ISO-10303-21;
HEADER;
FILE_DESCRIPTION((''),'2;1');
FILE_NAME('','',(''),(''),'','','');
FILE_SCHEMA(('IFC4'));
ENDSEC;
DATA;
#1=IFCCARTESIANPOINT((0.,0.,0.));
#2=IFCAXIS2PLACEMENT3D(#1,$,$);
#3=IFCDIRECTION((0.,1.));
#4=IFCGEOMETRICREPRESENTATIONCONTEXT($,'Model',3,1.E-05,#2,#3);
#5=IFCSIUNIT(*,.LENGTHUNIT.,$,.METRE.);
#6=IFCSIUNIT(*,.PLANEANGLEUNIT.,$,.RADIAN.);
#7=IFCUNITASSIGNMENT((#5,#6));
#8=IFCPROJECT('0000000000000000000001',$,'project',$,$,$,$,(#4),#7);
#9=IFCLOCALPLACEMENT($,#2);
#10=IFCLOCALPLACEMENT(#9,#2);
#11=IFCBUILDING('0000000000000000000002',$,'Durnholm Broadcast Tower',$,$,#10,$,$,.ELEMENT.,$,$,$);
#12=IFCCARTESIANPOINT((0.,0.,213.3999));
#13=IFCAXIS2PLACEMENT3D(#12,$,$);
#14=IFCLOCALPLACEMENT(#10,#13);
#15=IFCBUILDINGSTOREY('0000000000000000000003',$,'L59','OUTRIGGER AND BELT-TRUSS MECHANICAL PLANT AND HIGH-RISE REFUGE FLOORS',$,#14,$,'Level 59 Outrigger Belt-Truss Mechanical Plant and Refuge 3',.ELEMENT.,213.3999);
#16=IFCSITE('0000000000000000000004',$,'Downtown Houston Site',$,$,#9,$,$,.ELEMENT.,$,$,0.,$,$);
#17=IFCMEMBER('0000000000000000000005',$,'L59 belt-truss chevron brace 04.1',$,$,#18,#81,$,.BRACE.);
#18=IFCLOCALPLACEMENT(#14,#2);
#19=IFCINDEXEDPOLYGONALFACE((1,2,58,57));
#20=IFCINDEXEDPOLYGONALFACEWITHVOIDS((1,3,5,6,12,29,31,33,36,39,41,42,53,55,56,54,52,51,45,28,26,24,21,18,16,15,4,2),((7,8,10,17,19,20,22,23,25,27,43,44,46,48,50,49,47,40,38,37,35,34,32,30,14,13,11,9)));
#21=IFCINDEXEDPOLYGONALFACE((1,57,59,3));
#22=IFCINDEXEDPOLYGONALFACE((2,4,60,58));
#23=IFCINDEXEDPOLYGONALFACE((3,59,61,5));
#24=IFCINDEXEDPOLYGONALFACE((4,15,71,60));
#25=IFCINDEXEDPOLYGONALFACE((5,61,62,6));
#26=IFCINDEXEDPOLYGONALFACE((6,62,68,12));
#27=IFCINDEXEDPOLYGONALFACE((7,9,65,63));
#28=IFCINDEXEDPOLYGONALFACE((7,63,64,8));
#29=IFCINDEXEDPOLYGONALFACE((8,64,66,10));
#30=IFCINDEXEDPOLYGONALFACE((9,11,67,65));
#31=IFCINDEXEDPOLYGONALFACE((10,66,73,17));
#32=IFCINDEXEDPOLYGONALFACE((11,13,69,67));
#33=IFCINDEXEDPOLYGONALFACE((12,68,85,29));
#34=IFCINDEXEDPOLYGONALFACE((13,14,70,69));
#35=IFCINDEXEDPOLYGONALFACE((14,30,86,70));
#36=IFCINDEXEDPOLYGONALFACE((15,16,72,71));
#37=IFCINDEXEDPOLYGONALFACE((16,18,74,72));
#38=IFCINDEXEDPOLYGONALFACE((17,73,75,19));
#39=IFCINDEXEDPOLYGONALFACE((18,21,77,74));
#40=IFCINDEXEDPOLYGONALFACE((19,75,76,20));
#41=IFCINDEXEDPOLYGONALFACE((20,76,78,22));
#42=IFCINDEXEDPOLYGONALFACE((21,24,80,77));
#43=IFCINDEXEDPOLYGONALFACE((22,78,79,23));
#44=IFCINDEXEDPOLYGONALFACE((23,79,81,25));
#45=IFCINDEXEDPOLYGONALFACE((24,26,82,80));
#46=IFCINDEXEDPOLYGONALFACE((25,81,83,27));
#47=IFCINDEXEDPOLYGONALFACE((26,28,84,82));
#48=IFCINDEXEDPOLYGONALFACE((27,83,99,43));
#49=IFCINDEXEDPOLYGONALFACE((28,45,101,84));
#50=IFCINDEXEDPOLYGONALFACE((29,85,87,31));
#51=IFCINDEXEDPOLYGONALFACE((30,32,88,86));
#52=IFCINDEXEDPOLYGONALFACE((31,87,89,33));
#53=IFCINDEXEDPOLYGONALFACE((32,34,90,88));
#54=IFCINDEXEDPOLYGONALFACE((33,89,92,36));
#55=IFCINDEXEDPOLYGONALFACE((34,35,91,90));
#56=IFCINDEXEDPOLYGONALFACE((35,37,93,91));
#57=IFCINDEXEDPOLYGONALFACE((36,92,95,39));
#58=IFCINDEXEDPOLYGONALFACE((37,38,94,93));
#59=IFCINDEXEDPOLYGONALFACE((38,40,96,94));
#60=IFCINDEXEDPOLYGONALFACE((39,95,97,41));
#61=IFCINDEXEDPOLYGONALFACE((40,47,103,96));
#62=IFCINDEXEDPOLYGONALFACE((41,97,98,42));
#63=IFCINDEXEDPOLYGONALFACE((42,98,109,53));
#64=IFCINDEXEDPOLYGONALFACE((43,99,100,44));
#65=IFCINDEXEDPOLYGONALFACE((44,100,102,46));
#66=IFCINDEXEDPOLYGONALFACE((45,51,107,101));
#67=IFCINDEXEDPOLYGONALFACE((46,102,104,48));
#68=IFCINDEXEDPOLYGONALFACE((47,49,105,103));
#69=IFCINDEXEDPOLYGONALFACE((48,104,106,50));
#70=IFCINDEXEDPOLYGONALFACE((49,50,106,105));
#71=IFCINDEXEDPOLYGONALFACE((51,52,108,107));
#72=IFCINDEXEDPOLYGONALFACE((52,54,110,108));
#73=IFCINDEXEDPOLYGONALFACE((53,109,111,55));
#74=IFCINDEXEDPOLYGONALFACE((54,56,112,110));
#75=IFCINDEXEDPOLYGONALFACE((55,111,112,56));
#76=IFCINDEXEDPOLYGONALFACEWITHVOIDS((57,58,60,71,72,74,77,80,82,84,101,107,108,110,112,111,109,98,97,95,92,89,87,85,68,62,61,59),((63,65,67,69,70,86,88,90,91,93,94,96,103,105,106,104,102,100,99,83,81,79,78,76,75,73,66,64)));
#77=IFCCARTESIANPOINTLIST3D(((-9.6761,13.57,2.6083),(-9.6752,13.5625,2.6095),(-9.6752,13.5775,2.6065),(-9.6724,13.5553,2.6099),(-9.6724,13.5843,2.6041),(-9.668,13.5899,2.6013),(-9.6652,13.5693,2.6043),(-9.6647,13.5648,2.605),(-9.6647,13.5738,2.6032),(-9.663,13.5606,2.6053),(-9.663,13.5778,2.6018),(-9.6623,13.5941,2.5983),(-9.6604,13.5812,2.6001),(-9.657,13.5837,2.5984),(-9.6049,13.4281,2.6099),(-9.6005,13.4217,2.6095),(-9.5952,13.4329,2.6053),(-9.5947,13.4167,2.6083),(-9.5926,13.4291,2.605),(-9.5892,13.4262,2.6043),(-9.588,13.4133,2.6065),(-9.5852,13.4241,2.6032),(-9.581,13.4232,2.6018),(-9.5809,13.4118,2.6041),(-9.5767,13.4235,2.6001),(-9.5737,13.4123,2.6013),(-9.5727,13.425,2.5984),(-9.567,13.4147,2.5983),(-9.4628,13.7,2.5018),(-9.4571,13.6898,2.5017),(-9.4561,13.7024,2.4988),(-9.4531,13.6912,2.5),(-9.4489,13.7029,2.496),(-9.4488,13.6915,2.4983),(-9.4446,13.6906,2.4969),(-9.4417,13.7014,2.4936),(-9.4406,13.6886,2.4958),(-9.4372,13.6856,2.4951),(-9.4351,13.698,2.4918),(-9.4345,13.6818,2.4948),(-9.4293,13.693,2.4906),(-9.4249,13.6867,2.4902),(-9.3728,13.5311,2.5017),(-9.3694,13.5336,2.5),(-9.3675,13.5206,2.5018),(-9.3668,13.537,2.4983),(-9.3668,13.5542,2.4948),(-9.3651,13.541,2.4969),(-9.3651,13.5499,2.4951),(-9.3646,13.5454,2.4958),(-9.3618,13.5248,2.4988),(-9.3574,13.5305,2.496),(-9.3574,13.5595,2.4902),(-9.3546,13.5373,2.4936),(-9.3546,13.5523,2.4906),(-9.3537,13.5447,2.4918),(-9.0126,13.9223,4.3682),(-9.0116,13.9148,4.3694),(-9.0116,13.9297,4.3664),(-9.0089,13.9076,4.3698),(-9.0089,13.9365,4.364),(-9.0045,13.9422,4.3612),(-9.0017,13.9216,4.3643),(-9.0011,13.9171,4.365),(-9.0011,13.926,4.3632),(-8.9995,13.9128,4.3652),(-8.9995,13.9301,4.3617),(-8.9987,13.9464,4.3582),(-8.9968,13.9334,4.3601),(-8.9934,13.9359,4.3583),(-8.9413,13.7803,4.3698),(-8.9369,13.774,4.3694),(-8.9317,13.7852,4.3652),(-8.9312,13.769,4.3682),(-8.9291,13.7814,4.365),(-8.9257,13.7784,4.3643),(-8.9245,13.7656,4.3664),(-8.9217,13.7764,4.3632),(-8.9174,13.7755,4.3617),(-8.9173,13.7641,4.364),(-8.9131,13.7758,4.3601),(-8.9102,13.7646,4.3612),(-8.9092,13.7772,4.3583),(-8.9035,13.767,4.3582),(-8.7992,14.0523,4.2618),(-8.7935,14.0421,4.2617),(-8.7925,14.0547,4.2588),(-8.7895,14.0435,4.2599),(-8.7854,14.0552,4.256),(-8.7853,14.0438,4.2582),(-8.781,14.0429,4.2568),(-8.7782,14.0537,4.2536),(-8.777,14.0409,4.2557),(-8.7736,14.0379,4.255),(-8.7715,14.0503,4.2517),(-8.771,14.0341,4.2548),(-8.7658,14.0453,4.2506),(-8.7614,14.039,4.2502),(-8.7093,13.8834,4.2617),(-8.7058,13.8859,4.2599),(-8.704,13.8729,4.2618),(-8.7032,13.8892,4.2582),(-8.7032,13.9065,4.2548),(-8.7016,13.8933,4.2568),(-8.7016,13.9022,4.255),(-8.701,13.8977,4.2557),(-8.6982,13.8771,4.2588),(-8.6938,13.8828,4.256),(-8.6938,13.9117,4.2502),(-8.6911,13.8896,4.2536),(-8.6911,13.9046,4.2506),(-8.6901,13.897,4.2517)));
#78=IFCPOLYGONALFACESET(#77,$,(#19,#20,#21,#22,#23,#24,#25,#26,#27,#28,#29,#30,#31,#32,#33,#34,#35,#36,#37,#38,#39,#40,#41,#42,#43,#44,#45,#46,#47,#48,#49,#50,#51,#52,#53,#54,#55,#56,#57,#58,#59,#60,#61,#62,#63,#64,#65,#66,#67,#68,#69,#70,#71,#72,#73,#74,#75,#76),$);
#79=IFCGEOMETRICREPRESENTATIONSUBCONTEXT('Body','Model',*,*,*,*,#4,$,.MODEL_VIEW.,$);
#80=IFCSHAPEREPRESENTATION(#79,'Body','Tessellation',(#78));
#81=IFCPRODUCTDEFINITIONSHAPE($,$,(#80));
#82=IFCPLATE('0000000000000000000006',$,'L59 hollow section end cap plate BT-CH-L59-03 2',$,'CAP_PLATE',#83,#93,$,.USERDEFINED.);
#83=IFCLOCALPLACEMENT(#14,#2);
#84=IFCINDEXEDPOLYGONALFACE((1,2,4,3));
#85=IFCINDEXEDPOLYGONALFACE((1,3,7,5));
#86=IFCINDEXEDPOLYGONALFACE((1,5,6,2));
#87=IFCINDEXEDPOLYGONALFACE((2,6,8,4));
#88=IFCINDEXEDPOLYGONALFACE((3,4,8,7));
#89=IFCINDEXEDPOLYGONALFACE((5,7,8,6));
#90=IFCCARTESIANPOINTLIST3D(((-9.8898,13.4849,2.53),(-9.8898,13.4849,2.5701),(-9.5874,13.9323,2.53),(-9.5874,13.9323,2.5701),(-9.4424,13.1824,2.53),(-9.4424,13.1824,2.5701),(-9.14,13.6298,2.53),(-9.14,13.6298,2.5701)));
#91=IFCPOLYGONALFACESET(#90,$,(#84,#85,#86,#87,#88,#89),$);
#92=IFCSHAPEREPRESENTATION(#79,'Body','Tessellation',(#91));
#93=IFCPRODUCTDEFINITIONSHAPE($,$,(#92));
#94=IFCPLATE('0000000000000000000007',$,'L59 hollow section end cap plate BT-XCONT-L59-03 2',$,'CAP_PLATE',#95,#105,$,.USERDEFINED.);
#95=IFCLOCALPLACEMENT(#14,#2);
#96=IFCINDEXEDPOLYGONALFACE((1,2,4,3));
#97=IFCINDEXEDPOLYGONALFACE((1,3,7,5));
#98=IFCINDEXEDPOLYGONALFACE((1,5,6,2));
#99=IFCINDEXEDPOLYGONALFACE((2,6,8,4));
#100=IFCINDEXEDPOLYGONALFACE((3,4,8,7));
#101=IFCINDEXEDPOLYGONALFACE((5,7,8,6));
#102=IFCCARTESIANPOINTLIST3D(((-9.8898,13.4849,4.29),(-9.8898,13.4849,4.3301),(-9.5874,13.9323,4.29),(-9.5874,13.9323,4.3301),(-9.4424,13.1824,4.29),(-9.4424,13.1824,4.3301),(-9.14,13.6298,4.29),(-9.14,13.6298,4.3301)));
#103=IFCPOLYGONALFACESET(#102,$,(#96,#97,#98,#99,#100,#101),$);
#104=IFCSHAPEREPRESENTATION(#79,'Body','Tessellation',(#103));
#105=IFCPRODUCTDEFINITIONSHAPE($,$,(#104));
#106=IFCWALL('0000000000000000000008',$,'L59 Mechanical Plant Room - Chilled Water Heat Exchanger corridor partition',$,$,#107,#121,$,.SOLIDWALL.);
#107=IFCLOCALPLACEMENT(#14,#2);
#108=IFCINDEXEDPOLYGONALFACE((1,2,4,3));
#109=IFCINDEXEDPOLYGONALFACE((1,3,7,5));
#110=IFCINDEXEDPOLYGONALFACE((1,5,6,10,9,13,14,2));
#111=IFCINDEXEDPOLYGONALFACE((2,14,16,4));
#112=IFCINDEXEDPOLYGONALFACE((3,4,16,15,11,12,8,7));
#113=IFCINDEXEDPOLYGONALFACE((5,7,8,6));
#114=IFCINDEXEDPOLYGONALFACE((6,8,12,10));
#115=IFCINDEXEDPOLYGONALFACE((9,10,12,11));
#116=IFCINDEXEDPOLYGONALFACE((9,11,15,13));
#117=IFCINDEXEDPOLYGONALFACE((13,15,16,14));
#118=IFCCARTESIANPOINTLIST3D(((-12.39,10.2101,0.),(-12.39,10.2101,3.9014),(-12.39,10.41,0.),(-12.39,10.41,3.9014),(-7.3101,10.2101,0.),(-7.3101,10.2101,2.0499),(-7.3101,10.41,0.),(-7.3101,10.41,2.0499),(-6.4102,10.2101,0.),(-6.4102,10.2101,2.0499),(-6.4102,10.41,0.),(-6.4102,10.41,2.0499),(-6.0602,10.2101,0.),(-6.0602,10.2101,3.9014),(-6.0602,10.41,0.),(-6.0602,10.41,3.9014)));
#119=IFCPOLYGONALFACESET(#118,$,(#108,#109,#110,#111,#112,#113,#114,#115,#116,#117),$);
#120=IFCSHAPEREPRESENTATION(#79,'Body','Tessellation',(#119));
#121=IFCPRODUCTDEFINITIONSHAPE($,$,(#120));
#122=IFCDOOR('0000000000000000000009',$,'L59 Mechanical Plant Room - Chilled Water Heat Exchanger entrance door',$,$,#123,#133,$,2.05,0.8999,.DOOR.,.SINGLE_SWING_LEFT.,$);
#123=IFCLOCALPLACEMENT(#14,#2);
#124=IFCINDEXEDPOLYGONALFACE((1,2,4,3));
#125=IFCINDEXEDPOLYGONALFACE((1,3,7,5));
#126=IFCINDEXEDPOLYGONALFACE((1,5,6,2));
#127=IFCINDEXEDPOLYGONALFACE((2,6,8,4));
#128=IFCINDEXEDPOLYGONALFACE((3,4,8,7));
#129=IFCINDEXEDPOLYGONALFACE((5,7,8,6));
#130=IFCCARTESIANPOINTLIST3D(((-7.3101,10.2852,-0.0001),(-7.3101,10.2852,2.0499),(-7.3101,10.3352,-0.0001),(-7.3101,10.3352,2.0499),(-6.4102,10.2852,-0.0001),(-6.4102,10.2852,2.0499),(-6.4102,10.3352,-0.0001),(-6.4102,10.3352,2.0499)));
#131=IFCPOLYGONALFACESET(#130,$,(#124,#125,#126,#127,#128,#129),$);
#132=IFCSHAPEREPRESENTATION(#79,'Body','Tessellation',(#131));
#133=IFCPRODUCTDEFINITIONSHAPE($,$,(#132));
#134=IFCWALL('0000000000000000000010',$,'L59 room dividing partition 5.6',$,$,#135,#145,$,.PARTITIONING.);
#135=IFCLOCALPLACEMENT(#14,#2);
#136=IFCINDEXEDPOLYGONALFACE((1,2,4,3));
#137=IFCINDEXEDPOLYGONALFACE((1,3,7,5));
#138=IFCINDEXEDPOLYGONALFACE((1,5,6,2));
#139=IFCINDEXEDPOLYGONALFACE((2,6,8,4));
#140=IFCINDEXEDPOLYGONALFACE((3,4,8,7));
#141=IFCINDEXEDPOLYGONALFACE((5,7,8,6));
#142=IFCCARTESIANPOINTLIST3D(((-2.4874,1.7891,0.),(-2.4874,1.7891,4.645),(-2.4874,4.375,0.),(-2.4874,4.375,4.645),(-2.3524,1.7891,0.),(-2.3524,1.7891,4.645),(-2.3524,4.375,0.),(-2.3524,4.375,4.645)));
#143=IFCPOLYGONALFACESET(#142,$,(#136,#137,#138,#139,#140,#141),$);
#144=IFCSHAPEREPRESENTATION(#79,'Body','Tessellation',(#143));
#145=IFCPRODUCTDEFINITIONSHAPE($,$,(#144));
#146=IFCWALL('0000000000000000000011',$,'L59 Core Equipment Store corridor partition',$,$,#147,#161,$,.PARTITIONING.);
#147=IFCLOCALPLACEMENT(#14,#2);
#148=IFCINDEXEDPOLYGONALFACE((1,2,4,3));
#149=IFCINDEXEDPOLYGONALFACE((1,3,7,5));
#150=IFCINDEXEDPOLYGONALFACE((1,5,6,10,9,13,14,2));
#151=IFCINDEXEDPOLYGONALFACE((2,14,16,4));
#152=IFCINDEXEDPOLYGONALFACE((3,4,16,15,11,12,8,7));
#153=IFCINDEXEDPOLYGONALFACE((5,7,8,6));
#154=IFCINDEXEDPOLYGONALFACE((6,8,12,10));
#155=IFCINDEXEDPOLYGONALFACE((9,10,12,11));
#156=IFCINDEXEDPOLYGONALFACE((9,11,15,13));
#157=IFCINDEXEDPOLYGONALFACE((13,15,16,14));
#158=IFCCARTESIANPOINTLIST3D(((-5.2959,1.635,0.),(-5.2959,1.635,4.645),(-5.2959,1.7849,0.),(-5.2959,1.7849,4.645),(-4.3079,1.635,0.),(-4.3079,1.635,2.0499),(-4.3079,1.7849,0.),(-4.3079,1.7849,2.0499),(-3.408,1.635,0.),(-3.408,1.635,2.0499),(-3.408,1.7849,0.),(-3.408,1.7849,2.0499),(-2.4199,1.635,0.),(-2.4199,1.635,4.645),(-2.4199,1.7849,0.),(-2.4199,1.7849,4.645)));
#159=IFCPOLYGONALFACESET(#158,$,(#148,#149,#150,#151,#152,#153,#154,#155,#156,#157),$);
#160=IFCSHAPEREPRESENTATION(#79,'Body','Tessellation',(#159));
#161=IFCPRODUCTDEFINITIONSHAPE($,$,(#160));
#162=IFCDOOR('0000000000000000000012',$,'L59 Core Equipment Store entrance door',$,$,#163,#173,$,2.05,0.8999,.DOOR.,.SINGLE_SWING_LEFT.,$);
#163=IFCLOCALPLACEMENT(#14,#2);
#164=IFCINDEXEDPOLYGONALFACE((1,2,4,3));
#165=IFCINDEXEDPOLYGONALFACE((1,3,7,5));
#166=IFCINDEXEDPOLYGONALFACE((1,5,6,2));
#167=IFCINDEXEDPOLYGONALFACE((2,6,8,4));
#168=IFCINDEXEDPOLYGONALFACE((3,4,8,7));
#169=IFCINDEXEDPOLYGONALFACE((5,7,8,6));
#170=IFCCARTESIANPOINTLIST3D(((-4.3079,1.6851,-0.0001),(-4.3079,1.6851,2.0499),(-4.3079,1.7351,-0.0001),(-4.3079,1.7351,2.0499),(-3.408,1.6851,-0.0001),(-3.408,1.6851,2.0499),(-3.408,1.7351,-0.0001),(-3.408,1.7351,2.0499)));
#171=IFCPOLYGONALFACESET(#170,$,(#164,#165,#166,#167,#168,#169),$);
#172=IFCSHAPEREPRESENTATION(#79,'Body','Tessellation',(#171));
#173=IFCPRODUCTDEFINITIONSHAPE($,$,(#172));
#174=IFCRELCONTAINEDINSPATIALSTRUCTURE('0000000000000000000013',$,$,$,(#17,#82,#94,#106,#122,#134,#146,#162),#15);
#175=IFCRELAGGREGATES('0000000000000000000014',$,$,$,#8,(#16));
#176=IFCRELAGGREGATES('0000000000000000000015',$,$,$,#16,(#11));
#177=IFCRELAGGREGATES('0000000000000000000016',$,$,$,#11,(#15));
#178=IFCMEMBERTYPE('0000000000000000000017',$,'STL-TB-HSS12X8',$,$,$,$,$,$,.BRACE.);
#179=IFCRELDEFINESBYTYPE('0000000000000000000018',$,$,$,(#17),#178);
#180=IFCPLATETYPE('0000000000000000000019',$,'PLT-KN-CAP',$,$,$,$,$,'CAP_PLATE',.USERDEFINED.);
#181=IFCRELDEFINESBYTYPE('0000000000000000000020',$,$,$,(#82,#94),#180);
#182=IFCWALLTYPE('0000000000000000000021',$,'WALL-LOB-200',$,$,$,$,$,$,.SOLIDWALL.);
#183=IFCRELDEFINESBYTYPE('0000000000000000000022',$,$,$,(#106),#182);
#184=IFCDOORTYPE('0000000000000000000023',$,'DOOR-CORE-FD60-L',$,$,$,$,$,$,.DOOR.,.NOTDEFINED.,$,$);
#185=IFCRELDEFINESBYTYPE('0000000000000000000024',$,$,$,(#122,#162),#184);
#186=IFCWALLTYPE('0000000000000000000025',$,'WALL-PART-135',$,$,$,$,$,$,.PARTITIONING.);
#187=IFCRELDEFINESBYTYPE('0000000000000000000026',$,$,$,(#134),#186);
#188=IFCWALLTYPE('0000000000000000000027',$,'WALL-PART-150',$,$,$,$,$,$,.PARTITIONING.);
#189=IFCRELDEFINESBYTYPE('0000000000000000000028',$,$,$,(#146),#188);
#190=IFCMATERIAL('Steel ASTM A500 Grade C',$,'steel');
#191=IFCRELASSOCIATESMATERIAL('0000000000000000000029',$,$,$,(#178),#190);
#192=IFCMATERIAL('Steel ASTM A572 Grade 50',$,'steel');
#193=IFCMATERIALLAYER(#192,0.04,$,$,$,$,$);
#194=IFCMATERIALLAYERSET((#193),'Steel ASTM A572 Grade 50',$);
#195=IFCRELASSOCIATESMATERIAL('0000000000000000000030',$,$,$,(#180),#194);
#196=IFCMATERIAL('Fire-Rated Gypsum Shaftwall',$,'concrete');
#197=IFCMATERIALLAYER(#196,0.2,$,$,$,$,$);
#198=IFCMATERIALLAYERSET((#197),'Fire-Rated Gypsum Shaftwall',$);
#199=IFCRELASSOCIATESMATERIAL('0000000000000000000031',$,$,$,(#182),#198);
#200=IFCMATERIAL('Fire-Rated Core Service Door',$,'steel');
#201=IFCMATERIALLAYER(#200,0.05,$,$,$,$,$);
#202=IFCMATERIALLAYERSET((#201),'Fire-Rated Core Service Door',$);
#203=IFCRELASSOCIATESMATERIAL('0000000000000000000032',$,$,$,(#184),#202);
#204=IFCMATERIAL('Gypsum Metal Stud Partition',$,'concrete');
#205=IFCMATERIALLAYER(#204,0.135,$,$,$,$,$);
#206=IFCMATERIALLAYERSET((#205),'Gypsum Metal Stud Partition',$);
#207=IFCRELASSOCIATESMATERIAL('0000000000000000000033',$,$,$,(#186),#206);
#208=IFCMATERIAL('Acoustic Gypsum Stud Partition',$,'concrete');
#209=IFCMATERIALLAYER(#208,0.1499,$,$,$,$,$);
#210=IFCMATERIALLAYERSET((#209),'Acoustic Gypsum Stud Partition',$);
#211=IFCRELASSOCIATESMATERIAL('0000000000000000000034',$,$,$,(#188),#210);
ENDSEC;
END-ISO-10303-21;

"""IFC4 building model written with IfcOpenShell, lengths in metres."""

from ifc_helpers import new_model, si_unit, direction, frame, frame_2d, origin, origin_2d, place, context, subcontext, project, spatial, rectangle, hollow_rectangle, extrude, source, transform, mapped, material, layer, layer_set, material_profile, profile_set, type_object, type_shapes, element, fill, save


model = new_model("IFC4")

# Units and contexts
model_context = context("Model", 3, precision=1e-05, world=origin(), true_north=direction((0.0, 1.0)))
body_context = subcontext(model_context, "Body", "Model", "MODEL_VIEW")
ifc_project = project(units=[si_unit("LENGTHUNIT", "METRE"), si_unit("PLANEANGLEUNIT", "RADIAN")], contexts=[model_context])

# Site, building, storey
site_placement = place(None, origin())
site = spatial("IfcSite", under=ifc_project, at=site_placement, Name="Downtown Houston Site", CompositionType="ELEMENT", RefElevation=0.0)
building_placement = place(site_placement, origin())
building = spatial("IfcBuilding", under=site, at=building_placement, Name="Durnholm Broadcast Tower", CompositionType="ELEMENT")
storey_placement = place(building_placement, frame((0.0, 0.0, 213.3999)))
storey = spatial("IfcBuildingStorey", under=building, at=storey_placement, Name="L59", Description="OUTRIGGER AND BELT-TRUSS MECHANICAL PLANT AND HIGH-RISE REFUGE FLOORS", LongName="Level 59 Outrigger Belt-Truss Mechanical Plant and Refuge 3", CompositionType="ELEMENT", Elevation=213.3999)

# Member
ifc_material_1 = material(Name="Steel ASTM A500 Grade C", Category="steel")
ifc_material_profile_1 = material_profile(ifc_material_1, hollow_rectangle(XDim=0.2031, YDim=0.3047, WallThickness=0.0117, InnerFilletRadius=0.0176, OuterFilletRadius=0.0295, at=origin_2d()), Name="HSS12X8X1/2")
ifc_profile_set_1 = profile_set([ifc_material_profile_1], Name="Steel ASTM A500 Grade C")
member_type_1 = type_object("IfcMemberType", Name="STL-TB-HSS12X8", PredefinedType="BRACE", material=ifc_profile_set_1)
shared_shape_1 = source(origin(), body_context, "Body", "SweptSolid", [
    extrude(hollow_rectangle(XDim=0.2031, YDim=0.3047, WallThickness=0.0117, InnerFilletRadius=0.0176, OuterFilletRadius=0.0295, at=origin_2d()), origin(), (0.0, 0.0, 1.0), 1.9136),
])
type_shapes(member_type_1, [shared_shape_1])
member_1_placement = place(storey_placement, frame((-9.5149, 13.5574, 2.55), z_axis=(0.346757, 0.184095, 0.919711), x_axis=(-0.468918, 0.883242, 0.0)))
element("IfcMember", 1, at=member_1_placement, inside=storey, type_object=member_type_1, Name="L59 belt-truss chevron brace 04.1", PredefinedType="BRACE", context=body_context, shape_type="MappedRepresentation", body=[
    mapped(shared_shape_1, transform((0.0, 0.0, 0.0), x_axis=(1.0, 0.0, 0.0), y_axis=(0.0, 1.0, 0.0), z_axis=(0.0, 0.0, 1.0), scale=1.0)),
])

# Plates
ifc_material_2 = material(Name="Steel ASTM A572 Grade 50", Category="steel")
ifc_layer_1 = layer(ifc_material_2, 0.04)
ifc_layer_set_1 = layer_set([ifc_layer_1], Name="Steel ASTM A572 Grade 50")
plate_type = type_object("IfcPlateType", Name="PLT-KN-CAP", ElementType="CAP_PLATE", PredefinedType="USERDEFINED", material=ifc_layer_set_1)
shared_shape_2 = source(origin(), body_context, "Body", "SweptSolid", [
    extrude(rectangle(XDim=0.54, YDim=0.54, at=origin_2d()), origin(), (0.0, 0.0, 1.0), 0.04),
])
type_shapes(plate_type, [shared_shape_2])
for number, where, z_axis, x_axis, name in (
    (2, (-9.5149, 13.5574, 2.53), (0.0, 0.0, 1.0), (0.560061, 0.828452, 0.0), "L59 hollow section end cap plate BT-CH-L59-03 2"),
    (3, (-9.5149, 13.5574, 4.29), (0.0, 0.0, 1.0), (0.560061, 0.828452, 0.0), "L59 hollow section end cap plate BT-XCONT-L59-03 2"),
):
    element("IfcPlate", number, at=place(storey_placement, frame(where, z_axis=z_axis, x_axis=x_axis)), inside=storey, type_object=plate_type, Name=name, ObjectType="CAP_PLATE", PredefinedType="USERDEFINED", context=body_context, shape_type="MappedRepresentation", body=[
        mapped(shared_shape_2, transform((0.0, 0.0, 0.0), x_axis=(1.0, 0.0, 0.0), y_axis=(0.0, 1.0, 0.0), z_axis=(0.0, 0.0, 1.0), scale=1.0)),
    ])

# Wall, opening, door
ifc_material_3 = material(Name="Fire-Rated Gypsum Shaftwall", Category="concrete")
ifc_layer_2 = layer(ifc_material_3, 0.2)
ifc_layer_set_2 = layer_set([ifc_layer_2], Name="Fire-Rated Gypsum Shaftwall")
wall_type_1 = type_object("IfcWallType", Name="WALL-LOB-200", PredefinedType="SOLIDWALL", material=ifc_layer_set_2)
wall_1_placement = place(storey_placement, frame((-6.0601, 10.3101, 0.0), z_axis=(0.0, 0.0, 1.0), x_axis=(-1.0, 0.0, 0.0)))
wall_1 = element("IfcWall", 4, at=wall_1_placement, inside=storey, type_object=wall_type_1, Name="L59 Mechanical Plant Room - Chilled Water Heat Exchanger corridor partition", PredefinedType="SOLIDWALL", context=body_context, shape_type="SweptSolid", body=[
    extrude(rectangle(XDim=6.3298, YDim=0.2, at=frame_2d((3.165, 0.0))), origin(), (0.0, 0.0, 1.0), 3.9014),
])
opening_1_placement = place(wall_1_placement, frame((0.3501, 0.0, 0.0)))
opening_1 = element("IfcOpeningElement", 5, at=opening_1_placement, cuts=wall_1, PredefinedType="OPENING", context=body_context, shape_type="SweptSolid", body=[
    extrude(rectangle(XDim=0.8999, YDim=2.05, at=frame_2d((0.45, 1.0249))), frame((0.0, 0.1099, 0.0), z_axis=(0.0, -1.0, 0.0), x_axis=(1.0, 0.0, 0.0)), (0.0, 0.0, 1.0), 0.22),
])
ifc_material_4 = material(Name="Fire-Rated Core Service Door", Category="steel")
ifc_layer_3 = layer(ifc_material_4, 0.05)
ifc_layer_set_3 = layer_set([ifc_layer_3], Name="Fire-Rated Core Service Door")
door_type_1 = type_object("IfcDoorType", Name="DOOR-CORE-FD60-L", OperationType="NOTDEFINED", PredefinedType="DOOR", material=ifc_layer_set_3)
shared_shape_3 = source(origin(), body_context, "Body", "SweptSolid", [
    extrude(rectangle(XDim=0.8999, YDim=2.05, at=frame_2d((0.45, 1.0249))), frame((0.0, 0.0249, 0.0), z_axis=(0.0, -1.0, 0.0), x_axis=(1.0, 0.0, 0.0)), (0.0, 0.0, 1.0), 0.05),
])
type_shapes(door_type_1, [shared_shape_3])
door_1_placement = place(opening_1_placement, origin())
door_1 = element("IfcDoor", 6, at=door_1_placement, inside=storey, type_object=door_type_1, Name="L59 Mechanical Plant Room - Chilled Water Heat Exchanger entrance door", OperationType="SINGLE_SWING_LEFT", OverallHeight=2.05, OverallWidth=0.8999, PredefinedType="DOOR", context=body_context, shape_type="MappedRepresentation", body=[
    mapped(shared_shape_3, transform((0.0, 0.0, 0.0), x_axis=(1.0, 0.0, 0.0), y_axis=(0.0, 1.0, 0.0), z_axis=(0.0, 0.0, 1.0), scale=1.0)),
])
fill(opening_1, door_1)

# Wall
ifc_material_5 = material(Name="Gypsum Metal Stud Partition", Category="concrete")
ifc_layer_4 = layer(ifc_material_5, 0.135)
ifc_layer_set_4 = layer_set([ifc_layer_4], Name="Gypsum Metal Stud Partition")
wall_type_2 = type_object("IfcWallType", Name="WALL-PART-135", PredefinedType="PARTITIONING", material=ifc_layer_set_4)
wall_2_placement = place(storey_placement, frame((-2.4199, 4.375, 0.0), z_axis=(0.0, 0.0, 1.0), x_axis=(0.0, -1.0, 0.0)))
element("IfcWall", 7, at=wall_2_placement, inside=storey, type_object=wall_type_2, Name="L59 room dividing partition 5.6", PredefinedType="PARTITIONING", context=body_context, shape_type="SweptSolid", body=[
    extrude(rectangle(XDim=2.5859, YDim=0.135, at=frame_2d((1.293, 0.0))), origin(), (0.0, 0.0, 1.0), 4.645),
])

# Wall, opening, door
ifc_material_6 = material(Name="Acoustic Gypsum Stud Partition", Category="concrete")
ifc_layer_5 = layer(ifc_material_6, 0.1499)
ifc_layer_set_5 = layer_set([ifc_layer_5], Name="Acoustic Gypsum Stud Partition")
wall_type_3 = type_object("IfcWallType", Name="WALL-PART-150", PredefinedType="PARTITIONING", material=ifc_layer_set_5)
wall_3_placement = place(storey_placement, frame((-2.4199, 1.71, 0.0), z_axis=(0.0, 0.0, 1.0), x_axis=(-1.0, 0.0, 0.0)))
wall_3 = element("IfcWall", 8, at=wall_3_placement, inside=storey, type_object=wall_type_3, Name="L59 Core Equipment Store corridor partition", PredefinedType="PARTITIONING", context=body_context, shape_type="SweptSolid", body=[
    extrude(rectangle(XDim=2.876, YDim=0.1499, at=frame_2d((1.438, 0.0))), origin(), (0.0, 0.0, 1.0), 4.645),
])
opening_2_placement = place(wall_3_placement, frame((0.988, 0.0, 0.0)))
opening_2 = element("IfcOpeningElement", 9, at=opening_2_placement, cuts=wall_3, PredefinedType="OPENING", context=body_context, shape_type="SweptSolid", body=[
    extrude(rectangle(XDim=0.8999, YDim=2.05, at=frame_2d((0.45, 1.0249))), frame((0.0, 0.085, 0.0), z_axis=(0.0, -1.0, 0.0), x_axis=(1.0, 0.0, 0.0)), (0.0, 0.0, 1.0), 0.1699),
])
door_2_placement = place(opening_2_placement, origin())
door_2 = element("IfcDoor", 10, at=door_2_placement, inside=storey, type_object=door_type_1, Name="L59 Core Equipment Store entrance door", OperationType="SINGLE_SWING_LEFT", OverallHeight=2.05, OverallWidth=0.8999, PredefinedType="DOOR", context=body_context, shape_type="MappedRepresentation", body=[
    mapped(shared_shape_3, transform((0.0, 0.0, 0.0), x_axis=(1.0, 0.0, 0.0), y_axis=(0.0, 1.0, 0.0), z_axis=(0.0, 0.0, 1.0), scale=1.0)),
])
fill(opening_2, door_2)

save(model, "model.ifc")
